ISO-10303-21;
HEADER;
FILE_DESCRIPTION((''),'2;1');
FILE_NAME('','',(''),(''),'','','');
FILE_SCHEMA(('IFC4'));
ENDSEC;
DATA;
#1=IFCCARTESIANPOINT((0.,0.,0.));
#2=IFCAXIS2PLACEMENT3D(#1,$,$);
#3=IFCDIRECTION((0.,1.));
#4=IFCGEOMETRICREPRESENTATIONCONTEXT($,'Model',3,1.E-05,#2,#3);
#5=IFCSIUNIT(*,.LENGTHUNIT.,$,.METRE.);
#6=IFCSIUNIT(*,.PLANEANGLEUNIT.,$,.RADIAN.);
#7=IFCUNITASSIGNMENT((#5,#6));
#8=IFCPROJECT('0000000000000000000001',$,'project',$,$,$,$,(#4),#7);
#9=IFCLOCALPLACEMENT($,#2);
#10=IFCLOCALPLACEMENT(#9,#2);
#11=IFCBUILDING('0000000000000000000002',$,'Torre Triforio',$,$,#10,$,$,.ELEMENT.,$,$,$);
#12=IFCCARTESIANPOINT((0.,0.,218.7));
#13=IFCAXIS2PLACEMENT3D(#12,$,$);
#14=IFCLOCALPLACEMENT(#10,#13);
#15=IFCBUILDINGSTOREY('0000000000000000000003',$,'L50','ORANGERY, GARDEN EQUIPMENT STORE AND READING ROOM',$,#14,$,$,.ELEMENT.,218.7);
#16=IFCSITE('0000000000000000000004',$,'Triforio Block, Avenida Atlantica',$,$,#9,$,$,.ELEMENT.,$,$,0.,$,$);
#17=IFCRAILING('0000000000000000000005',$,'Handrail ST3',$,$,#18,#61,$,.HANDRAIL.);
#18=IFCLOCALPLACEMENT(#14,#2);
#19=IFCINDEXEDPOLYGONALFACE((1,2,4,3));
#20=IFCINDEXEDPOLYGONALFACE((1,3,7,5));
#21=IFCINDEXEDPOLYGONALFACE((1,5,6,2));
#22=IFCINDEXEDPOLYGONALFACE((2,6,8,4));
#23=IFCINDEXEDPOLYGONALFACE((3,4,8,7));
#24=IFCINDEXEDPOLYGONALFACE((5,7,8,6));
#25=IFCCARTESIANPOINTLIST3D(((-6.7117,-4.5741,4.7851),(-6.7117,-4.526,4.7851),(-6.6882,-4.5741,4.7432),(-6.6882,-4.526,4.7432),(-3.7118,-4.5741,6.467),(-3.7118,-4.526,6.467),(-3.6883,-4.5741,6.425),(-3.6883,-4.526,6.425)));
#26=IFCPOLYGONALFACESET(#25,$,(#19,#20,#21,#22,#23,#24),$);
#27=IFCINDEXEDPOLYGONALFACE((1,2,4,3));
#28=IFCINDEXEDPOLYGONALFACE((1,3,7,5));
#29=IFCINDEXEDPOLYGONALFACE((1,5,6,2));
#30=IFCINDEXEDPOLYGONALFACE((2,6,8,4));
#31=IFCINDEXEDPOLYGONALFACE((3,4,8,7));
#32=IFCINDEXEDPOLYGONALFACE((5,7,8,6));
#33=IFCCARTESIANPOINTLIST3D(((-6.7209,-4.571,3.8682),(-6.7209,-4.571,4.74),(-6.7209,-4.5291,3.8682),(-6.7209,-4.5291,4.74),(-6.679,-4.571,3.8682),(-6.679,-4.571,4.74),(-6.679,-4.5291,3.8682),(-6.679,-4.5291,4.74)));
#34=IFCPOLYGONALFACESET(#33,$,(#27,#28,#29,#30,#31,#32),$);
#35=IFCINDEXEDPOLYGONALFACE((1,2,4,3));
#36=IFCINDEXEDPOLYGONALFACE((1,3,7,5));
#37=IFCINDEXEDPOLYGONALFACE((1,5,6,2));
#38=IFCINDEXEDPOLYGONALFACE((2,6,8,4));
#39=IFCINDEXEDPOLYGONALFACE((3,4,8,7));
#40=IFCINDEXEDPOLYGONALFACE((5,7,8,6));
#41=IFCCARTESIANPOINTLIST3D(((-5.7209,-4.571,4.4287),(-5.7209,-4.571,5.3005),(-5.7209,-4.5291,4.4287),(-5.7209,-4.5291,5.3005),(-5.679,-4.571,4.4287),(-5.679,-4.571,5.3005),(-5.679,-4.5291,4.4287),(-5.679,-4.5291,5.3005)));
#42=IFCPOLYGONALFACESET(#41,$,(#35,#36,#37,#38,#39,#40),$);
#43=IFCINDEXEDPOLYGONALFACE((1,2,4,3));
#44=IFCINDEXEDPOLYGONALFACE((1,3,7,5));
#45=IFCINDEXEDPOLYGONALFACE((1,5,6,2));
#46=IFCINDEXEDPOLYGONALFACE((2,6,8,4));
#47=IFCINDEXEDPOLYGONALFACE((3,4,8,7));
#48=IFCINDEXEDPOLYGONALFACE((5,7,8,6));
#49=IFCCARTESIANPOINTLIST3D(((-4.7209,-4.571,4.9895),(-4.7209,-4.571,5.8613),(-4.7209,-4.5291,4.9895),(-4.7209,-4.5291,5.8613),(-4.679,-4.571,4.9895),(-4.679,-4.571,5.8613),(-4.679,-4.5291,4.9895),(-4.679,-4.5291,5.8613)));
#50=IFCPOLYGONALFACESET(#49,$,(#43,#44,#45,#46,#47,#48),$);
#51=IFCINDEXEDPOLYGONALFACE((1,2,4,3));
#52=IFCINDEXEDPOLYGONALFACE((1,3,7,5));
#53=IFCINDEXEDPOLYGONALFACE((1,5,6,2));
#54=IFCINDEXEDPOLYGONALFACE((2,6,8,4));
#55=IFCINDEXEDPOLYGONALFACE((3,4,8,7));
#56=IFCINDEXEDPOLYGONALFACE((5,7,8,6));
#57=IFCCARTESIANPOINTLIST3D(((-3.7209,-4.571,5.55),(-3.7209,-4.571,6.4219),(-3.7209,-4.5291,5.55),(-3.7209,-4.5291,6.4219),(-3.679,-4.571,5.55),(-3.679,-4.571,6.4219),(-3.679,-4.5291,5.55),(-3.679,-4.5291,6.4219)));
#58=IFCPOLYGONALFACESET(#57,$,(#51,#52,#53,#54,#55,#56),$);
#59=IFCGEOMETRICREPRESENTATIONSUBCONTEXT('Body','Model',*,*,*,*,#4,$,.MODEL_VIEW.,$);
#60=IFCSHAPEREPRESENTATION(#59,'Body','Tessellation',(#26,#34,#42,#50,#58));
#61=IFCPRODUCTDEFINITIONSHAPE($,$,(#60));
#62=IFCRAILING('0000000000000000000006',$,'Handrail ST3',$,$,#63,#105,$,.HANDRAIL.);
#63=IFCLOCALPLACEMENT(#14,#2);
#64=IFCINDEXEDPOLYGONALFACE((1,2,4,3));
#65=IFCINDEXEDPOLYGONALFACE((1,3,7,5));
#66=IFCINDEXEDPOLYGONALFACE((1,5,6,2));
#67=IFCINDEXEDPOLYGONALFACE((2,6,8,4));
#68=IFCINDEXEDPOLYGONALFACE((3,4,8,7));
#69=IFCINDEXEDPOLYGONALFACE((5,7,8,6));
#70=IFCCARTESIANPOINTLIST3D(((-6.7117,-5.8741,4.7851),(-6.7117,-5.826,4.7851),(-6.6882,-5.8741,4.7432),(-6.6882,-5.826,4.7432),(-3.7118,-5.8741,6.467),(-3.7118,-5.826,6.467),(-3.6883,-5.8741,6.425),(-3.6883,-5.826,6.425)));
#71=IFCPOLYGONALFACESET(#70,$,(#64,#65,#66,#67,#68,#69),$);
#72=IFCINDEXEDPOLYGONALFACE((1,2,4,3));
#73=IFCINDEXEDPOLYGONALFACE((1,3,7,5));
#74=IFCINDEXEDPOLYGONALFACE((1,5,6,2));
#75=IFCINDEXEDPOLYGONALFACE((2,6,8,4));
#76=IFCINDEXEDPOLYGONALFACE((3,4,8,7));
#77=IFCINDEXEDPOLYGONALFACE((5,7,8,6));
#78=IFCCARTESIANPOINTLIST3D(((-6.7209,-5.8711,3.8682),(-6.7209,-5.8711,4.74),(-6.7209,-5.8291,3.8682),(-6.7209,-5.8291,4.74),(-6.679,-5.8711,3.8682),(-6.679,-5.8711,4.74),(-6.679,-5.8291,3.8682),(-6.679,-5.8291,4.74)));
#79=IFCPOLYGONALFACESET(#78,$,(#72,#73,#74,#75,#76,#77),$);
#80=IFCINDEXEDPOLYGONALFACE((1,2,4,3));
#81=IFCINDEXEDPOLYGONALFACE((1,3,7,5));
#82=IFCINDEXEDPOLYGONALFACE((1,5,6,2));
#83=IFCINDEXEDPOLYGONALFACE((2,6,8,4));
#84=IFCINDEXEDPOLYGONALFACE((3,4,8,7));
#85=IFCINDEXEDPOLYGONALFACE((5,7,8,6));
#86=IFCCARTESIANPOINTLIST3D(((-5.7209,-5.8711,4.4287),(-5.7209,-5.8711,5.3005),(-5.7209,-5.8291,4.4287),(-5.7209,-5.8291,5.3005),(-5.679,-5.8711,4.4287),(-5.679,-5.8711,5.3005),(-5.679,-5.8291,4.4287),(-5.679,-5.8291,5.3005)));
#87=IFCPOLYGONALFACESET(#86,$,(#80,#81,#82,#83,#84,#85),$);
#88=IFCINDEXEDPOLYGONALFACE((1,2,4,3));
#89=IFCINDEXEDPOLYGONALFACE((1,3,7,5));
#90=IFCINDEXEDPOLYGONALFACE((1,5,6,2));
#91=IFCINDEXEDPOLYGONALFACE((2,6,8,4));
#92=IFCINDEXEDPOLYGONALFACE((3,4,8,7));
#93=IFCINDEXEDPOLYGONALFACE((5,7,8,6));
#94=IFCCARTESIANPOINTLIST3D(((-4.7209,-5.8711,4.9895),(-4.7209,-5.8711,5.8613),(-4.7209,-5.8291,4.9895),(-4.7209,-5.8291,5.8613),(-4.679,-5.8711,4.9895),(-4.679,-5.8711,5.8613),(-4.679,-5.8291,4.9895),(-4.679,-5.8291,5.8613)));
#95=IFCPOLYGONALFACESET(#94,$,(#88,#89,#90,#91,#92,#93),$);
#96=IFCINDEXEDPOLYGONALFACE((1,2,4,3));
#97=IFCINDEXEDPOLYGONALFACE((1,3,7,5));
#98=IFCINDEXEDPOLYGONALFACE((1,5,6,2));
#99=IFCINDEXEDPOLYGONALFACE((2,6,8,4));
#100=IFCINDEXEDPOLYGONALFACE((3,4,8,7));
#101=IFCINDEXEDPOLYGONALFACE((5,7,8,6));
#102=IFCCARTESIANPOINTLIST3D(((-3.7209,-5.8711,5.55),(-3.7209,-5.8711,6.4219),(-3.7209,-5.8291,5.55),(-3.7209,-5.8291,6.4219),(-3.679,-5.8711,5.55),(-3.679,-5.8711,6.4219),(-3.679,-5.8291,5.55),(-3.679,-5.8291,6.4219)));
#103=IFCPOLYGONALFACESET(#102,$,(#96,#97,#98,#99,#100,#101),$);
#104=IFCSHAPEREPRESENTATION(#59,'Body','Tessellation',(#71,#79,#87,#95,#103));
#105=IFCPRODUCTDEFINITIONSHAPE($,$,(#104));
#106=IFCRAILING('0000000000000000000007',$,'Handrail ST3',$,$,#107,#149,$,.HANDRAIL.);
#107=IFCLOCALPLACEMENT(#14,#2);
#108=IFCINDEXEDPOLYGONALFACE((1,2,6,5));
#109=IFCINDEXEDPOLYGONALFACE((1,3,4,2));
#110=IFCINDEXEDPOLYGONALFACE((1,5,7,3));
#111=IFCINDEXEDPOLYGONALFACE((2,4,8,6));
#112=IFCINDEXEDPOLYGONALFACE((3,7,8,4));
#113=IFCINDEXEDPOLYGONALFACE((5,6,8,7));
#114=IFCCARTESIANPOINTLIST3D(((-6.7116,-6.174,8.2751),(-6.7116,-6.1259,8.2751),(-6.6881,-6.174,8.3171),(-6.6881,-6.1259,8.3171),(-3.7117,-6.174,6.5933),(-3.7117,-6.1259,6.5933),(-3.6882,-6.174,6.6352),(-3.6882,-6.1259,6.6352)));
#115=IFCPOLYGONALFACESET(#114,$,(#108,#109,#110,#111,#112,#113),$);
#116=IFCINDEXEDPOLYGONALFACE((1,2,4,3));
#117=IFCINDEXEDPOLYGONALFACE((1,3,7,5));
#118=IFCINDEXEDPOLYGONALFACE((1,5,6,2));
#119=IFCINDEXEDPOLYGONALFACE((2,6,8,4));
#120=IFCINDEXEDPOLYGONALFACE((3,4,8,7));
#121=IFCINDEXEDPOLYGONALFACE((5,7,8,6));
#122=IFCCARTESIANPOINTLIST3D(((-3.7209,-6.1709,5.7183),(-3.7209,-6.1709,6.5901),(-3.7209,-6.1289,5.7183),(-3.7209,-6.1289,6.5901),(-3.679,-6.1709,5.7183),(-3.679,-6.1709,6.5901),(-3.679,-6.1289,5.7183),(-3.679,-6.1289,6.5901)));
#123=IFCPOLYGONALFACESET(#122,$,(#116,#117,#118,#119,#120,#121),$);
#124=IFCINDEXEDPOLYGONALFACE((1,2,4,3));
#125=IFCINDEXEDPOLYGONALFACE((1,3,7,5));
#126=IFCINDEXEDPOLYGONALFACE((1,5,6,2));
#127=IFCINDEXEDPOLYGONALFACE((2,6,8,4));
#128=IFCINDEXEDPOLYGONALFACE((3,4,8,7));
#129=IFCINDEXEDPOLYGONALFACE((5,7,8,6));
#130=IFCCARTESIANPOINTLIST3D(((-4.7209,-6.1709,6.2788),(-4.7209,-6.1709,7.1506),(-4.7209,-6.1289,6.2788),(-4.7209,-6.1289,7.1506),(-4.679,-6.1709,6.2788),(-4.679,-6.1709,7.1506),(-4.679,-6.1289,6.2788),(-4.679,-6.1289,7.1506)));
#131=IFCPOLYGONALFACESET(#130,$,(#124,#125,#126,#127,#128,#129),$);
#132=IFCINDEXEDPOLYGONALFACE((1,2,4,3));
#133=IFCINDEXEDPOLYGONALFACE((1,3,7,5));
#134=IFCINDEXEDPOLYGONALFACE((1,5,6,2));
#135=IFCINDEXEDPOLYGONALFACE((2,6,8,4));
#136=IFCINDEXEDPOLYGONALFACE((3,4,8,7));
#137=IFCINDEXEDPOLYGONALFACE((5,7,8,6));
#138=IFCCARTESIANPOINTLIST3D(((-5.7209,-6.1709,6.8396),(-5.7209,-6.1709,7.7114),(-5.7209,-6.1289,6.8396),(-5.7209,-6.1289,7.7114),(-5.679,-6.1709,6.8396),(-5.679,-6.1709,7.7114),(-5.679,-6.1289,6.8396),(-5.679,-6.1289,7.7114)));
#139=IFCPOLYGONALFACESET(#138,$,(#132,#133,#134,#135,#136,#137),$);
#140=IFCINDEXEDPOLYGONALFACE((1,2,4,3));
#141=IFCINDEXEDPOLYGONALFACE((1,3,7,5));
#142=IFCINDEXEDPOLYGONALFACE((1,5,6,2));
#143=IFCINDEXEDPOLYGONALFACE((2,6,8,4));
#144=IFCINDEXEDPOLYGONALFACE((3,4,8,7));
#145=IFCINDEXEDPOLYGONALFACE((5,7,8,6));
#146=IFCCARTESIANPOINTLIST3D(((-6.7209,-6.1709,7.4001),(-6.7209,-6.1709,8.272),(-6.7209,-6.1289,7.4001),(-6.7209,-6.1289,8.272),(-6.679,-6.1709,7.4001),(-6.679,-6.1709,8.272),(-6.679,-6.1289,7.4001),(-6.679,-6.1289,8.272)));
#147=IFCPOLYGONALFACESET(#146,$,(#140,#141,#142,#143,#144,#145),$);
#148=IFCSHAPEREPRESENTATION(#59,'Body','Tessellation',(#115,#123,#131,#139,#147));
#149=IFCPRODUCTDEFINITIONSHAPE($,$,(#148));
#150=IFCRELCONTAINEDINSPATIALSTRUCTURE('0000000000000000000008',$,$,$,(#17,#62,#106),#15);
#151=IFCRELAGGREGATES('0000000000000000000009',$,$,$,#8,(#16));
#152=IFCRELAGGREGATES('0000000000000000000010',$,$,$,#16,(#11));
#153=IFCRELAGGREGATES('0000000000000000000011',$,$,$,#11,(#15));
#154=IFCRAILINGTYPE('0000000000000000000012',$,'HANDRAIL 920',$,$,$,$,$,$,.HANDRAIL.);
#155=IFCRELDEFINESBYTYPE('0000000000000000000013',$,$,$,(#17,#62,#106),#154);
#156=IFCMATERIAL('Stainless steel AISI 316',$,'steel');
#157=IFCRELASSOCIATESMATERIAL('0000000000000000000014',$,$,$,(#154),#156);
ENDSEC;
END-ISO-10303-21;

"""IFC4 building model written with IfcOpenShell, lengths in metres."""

from ifc_helpers import new_model, si_unit, direction, frame, origin, origin_2d, place, context, subcontext, project, spatial, rectangle, extrude, material, type_object, element, save


model = new_model("IFC4")

# Units and contexts
model_context = context("Model", 3, precision=1e-05, world=origin(), true_north=direction((0.0, 1.0)))
body_context = subcontext(model_context, "Body", "Model", "MODEL_VIEW")
ifc_project = project(units=[si_unit("LENGTHUNIT", "METRE"), si_unit("PLANEANGLEUNIT", "RADIAN")], contexts=[model_context])

# Site, building, storey
site_placement = place(None, origin())
site = spatial("IfcSite", under=ifc_project, at=site_placement, Name="Triforio Block, Avenida Atlantica", CompositionType="ELEMENT", RefElevation=0.0)
building_placement = place(site_placement, origin())
building = spatial("IfcBuilding", under=site, at=building_placement, Name="Torre Triforio", CompositionType="ELEMENT")
storey_placement = place(building_placement, frame((0.0, 0.0, 218.7)))
storey = spatial("IfcBuildingStorey", under=building, at=storey_placement, Name="L50", Description="ORANGERY, GARDEN EQUIPMENT STORE AND READING ROOM", CompositionType="ELEMENT", Elevation=218.7)

# Railings
ifc_material_1 = material(Name="Stainless steel AISI 316", Category="steel")
railing_type = type_object("IfcRailingType", Name="HANDRAIL 920", PredefinedType="HANDRAIL", material=ifc_material_1)
for number, where, name in (
    (1, (-6.7, -4.55, 3.8682), "Handrail ST3"),
    (2, (-6.7, -5.8501, 3.8682), "Handrail ST3"),
):
    element("IfcRailing", number, at=place(storey_placement, frame(where)), inside=storey, type_object=railing_type, Name=name, PredefinedType="HANDRAIL", context=body_context, shape_type="SweptSolid", body=[
        extrude(rectangle(XDim=0.0481, YDim=0.0481, at=origin_2d()), frame((0.0, 0.0, 0.896), z_axis=(0.872272, 0.0, 0.48902), x_axis=(0.0, 1.0, 0.0)), (0.0, 0.0, 1.0), 3.4392),
        extrude(rectangle(XDim=0.042, YDim=0.042, at=origin_2d()), origin(), (0.0, 0.0, 1.0), 0.8718),
        extrude(rectangle(XDim=0.042, YDim=0.042, at=origin_2d()), frame((1.0, 0.0, 0.5605)), (0.0, 0.0, 1.0), 0.8718),
        extrude(rectangle(XDim=0.042, YDim=0.042, at=origin_2d()), frame((2.0, 0.0, 1.1213)), (0.0, 0.0, 1.0), 0.8718),
        extrude(rectangle(XDim=0.042, YDim=0.042, at=origin_2d()), frame((3.0, 0.0, 1.6819)), (0.0, 0.0, 1.0), 0.8718),
    ])
railing_1_placement = place(storey_placement, frame((-3.7, -6.1499, 5.7183)))
element("IfcRailing", 3, at=railing_1_placement, inside=storey, type_object=railing_type, Name="Handrail ST3", PredefinedType="HANDRAIL", context=body_context, shape_type="SweptSolid", body=[
    extrude(rectangle(XDim=0.0481, YDim=0.0481, at=origin_2d()), frame((0.0, 0.0, 0.896), z_axis=(-0.872272, 0.0, 0.48902), x_axis=(0.0, -1.0, 0.0)), (0.0, 0.0, 1.0), 3.4392),
    extrude(rectangle(XDim=0.042, YDim=0.042, at=origin_2d()), origin(), (0.0, 0.0, 1.0), 0.8718),
    extrude(rectangle(XDim=0.042, YDim=0.042, at=origin_2d()), frame((-1.0, 0.0, 0.5605)), (0.0, 0.0, 1.0), 0.8718),
    extrude(rectangle(XDim=0.042, YDim=0.042, at=origin_2d()), frame((-2.0, 0.0, 1.1213)), (0.0, 0.0, 1.0), 0.8718),
    extrude(rectangle(XDim=0.042, YDim=0.042, at=origin_2d()), frame((-3.0, 0.0, 1.6819)), (0.0, 0.0, 1.0), 0.8718),
])

save(model, "model.ifc")
